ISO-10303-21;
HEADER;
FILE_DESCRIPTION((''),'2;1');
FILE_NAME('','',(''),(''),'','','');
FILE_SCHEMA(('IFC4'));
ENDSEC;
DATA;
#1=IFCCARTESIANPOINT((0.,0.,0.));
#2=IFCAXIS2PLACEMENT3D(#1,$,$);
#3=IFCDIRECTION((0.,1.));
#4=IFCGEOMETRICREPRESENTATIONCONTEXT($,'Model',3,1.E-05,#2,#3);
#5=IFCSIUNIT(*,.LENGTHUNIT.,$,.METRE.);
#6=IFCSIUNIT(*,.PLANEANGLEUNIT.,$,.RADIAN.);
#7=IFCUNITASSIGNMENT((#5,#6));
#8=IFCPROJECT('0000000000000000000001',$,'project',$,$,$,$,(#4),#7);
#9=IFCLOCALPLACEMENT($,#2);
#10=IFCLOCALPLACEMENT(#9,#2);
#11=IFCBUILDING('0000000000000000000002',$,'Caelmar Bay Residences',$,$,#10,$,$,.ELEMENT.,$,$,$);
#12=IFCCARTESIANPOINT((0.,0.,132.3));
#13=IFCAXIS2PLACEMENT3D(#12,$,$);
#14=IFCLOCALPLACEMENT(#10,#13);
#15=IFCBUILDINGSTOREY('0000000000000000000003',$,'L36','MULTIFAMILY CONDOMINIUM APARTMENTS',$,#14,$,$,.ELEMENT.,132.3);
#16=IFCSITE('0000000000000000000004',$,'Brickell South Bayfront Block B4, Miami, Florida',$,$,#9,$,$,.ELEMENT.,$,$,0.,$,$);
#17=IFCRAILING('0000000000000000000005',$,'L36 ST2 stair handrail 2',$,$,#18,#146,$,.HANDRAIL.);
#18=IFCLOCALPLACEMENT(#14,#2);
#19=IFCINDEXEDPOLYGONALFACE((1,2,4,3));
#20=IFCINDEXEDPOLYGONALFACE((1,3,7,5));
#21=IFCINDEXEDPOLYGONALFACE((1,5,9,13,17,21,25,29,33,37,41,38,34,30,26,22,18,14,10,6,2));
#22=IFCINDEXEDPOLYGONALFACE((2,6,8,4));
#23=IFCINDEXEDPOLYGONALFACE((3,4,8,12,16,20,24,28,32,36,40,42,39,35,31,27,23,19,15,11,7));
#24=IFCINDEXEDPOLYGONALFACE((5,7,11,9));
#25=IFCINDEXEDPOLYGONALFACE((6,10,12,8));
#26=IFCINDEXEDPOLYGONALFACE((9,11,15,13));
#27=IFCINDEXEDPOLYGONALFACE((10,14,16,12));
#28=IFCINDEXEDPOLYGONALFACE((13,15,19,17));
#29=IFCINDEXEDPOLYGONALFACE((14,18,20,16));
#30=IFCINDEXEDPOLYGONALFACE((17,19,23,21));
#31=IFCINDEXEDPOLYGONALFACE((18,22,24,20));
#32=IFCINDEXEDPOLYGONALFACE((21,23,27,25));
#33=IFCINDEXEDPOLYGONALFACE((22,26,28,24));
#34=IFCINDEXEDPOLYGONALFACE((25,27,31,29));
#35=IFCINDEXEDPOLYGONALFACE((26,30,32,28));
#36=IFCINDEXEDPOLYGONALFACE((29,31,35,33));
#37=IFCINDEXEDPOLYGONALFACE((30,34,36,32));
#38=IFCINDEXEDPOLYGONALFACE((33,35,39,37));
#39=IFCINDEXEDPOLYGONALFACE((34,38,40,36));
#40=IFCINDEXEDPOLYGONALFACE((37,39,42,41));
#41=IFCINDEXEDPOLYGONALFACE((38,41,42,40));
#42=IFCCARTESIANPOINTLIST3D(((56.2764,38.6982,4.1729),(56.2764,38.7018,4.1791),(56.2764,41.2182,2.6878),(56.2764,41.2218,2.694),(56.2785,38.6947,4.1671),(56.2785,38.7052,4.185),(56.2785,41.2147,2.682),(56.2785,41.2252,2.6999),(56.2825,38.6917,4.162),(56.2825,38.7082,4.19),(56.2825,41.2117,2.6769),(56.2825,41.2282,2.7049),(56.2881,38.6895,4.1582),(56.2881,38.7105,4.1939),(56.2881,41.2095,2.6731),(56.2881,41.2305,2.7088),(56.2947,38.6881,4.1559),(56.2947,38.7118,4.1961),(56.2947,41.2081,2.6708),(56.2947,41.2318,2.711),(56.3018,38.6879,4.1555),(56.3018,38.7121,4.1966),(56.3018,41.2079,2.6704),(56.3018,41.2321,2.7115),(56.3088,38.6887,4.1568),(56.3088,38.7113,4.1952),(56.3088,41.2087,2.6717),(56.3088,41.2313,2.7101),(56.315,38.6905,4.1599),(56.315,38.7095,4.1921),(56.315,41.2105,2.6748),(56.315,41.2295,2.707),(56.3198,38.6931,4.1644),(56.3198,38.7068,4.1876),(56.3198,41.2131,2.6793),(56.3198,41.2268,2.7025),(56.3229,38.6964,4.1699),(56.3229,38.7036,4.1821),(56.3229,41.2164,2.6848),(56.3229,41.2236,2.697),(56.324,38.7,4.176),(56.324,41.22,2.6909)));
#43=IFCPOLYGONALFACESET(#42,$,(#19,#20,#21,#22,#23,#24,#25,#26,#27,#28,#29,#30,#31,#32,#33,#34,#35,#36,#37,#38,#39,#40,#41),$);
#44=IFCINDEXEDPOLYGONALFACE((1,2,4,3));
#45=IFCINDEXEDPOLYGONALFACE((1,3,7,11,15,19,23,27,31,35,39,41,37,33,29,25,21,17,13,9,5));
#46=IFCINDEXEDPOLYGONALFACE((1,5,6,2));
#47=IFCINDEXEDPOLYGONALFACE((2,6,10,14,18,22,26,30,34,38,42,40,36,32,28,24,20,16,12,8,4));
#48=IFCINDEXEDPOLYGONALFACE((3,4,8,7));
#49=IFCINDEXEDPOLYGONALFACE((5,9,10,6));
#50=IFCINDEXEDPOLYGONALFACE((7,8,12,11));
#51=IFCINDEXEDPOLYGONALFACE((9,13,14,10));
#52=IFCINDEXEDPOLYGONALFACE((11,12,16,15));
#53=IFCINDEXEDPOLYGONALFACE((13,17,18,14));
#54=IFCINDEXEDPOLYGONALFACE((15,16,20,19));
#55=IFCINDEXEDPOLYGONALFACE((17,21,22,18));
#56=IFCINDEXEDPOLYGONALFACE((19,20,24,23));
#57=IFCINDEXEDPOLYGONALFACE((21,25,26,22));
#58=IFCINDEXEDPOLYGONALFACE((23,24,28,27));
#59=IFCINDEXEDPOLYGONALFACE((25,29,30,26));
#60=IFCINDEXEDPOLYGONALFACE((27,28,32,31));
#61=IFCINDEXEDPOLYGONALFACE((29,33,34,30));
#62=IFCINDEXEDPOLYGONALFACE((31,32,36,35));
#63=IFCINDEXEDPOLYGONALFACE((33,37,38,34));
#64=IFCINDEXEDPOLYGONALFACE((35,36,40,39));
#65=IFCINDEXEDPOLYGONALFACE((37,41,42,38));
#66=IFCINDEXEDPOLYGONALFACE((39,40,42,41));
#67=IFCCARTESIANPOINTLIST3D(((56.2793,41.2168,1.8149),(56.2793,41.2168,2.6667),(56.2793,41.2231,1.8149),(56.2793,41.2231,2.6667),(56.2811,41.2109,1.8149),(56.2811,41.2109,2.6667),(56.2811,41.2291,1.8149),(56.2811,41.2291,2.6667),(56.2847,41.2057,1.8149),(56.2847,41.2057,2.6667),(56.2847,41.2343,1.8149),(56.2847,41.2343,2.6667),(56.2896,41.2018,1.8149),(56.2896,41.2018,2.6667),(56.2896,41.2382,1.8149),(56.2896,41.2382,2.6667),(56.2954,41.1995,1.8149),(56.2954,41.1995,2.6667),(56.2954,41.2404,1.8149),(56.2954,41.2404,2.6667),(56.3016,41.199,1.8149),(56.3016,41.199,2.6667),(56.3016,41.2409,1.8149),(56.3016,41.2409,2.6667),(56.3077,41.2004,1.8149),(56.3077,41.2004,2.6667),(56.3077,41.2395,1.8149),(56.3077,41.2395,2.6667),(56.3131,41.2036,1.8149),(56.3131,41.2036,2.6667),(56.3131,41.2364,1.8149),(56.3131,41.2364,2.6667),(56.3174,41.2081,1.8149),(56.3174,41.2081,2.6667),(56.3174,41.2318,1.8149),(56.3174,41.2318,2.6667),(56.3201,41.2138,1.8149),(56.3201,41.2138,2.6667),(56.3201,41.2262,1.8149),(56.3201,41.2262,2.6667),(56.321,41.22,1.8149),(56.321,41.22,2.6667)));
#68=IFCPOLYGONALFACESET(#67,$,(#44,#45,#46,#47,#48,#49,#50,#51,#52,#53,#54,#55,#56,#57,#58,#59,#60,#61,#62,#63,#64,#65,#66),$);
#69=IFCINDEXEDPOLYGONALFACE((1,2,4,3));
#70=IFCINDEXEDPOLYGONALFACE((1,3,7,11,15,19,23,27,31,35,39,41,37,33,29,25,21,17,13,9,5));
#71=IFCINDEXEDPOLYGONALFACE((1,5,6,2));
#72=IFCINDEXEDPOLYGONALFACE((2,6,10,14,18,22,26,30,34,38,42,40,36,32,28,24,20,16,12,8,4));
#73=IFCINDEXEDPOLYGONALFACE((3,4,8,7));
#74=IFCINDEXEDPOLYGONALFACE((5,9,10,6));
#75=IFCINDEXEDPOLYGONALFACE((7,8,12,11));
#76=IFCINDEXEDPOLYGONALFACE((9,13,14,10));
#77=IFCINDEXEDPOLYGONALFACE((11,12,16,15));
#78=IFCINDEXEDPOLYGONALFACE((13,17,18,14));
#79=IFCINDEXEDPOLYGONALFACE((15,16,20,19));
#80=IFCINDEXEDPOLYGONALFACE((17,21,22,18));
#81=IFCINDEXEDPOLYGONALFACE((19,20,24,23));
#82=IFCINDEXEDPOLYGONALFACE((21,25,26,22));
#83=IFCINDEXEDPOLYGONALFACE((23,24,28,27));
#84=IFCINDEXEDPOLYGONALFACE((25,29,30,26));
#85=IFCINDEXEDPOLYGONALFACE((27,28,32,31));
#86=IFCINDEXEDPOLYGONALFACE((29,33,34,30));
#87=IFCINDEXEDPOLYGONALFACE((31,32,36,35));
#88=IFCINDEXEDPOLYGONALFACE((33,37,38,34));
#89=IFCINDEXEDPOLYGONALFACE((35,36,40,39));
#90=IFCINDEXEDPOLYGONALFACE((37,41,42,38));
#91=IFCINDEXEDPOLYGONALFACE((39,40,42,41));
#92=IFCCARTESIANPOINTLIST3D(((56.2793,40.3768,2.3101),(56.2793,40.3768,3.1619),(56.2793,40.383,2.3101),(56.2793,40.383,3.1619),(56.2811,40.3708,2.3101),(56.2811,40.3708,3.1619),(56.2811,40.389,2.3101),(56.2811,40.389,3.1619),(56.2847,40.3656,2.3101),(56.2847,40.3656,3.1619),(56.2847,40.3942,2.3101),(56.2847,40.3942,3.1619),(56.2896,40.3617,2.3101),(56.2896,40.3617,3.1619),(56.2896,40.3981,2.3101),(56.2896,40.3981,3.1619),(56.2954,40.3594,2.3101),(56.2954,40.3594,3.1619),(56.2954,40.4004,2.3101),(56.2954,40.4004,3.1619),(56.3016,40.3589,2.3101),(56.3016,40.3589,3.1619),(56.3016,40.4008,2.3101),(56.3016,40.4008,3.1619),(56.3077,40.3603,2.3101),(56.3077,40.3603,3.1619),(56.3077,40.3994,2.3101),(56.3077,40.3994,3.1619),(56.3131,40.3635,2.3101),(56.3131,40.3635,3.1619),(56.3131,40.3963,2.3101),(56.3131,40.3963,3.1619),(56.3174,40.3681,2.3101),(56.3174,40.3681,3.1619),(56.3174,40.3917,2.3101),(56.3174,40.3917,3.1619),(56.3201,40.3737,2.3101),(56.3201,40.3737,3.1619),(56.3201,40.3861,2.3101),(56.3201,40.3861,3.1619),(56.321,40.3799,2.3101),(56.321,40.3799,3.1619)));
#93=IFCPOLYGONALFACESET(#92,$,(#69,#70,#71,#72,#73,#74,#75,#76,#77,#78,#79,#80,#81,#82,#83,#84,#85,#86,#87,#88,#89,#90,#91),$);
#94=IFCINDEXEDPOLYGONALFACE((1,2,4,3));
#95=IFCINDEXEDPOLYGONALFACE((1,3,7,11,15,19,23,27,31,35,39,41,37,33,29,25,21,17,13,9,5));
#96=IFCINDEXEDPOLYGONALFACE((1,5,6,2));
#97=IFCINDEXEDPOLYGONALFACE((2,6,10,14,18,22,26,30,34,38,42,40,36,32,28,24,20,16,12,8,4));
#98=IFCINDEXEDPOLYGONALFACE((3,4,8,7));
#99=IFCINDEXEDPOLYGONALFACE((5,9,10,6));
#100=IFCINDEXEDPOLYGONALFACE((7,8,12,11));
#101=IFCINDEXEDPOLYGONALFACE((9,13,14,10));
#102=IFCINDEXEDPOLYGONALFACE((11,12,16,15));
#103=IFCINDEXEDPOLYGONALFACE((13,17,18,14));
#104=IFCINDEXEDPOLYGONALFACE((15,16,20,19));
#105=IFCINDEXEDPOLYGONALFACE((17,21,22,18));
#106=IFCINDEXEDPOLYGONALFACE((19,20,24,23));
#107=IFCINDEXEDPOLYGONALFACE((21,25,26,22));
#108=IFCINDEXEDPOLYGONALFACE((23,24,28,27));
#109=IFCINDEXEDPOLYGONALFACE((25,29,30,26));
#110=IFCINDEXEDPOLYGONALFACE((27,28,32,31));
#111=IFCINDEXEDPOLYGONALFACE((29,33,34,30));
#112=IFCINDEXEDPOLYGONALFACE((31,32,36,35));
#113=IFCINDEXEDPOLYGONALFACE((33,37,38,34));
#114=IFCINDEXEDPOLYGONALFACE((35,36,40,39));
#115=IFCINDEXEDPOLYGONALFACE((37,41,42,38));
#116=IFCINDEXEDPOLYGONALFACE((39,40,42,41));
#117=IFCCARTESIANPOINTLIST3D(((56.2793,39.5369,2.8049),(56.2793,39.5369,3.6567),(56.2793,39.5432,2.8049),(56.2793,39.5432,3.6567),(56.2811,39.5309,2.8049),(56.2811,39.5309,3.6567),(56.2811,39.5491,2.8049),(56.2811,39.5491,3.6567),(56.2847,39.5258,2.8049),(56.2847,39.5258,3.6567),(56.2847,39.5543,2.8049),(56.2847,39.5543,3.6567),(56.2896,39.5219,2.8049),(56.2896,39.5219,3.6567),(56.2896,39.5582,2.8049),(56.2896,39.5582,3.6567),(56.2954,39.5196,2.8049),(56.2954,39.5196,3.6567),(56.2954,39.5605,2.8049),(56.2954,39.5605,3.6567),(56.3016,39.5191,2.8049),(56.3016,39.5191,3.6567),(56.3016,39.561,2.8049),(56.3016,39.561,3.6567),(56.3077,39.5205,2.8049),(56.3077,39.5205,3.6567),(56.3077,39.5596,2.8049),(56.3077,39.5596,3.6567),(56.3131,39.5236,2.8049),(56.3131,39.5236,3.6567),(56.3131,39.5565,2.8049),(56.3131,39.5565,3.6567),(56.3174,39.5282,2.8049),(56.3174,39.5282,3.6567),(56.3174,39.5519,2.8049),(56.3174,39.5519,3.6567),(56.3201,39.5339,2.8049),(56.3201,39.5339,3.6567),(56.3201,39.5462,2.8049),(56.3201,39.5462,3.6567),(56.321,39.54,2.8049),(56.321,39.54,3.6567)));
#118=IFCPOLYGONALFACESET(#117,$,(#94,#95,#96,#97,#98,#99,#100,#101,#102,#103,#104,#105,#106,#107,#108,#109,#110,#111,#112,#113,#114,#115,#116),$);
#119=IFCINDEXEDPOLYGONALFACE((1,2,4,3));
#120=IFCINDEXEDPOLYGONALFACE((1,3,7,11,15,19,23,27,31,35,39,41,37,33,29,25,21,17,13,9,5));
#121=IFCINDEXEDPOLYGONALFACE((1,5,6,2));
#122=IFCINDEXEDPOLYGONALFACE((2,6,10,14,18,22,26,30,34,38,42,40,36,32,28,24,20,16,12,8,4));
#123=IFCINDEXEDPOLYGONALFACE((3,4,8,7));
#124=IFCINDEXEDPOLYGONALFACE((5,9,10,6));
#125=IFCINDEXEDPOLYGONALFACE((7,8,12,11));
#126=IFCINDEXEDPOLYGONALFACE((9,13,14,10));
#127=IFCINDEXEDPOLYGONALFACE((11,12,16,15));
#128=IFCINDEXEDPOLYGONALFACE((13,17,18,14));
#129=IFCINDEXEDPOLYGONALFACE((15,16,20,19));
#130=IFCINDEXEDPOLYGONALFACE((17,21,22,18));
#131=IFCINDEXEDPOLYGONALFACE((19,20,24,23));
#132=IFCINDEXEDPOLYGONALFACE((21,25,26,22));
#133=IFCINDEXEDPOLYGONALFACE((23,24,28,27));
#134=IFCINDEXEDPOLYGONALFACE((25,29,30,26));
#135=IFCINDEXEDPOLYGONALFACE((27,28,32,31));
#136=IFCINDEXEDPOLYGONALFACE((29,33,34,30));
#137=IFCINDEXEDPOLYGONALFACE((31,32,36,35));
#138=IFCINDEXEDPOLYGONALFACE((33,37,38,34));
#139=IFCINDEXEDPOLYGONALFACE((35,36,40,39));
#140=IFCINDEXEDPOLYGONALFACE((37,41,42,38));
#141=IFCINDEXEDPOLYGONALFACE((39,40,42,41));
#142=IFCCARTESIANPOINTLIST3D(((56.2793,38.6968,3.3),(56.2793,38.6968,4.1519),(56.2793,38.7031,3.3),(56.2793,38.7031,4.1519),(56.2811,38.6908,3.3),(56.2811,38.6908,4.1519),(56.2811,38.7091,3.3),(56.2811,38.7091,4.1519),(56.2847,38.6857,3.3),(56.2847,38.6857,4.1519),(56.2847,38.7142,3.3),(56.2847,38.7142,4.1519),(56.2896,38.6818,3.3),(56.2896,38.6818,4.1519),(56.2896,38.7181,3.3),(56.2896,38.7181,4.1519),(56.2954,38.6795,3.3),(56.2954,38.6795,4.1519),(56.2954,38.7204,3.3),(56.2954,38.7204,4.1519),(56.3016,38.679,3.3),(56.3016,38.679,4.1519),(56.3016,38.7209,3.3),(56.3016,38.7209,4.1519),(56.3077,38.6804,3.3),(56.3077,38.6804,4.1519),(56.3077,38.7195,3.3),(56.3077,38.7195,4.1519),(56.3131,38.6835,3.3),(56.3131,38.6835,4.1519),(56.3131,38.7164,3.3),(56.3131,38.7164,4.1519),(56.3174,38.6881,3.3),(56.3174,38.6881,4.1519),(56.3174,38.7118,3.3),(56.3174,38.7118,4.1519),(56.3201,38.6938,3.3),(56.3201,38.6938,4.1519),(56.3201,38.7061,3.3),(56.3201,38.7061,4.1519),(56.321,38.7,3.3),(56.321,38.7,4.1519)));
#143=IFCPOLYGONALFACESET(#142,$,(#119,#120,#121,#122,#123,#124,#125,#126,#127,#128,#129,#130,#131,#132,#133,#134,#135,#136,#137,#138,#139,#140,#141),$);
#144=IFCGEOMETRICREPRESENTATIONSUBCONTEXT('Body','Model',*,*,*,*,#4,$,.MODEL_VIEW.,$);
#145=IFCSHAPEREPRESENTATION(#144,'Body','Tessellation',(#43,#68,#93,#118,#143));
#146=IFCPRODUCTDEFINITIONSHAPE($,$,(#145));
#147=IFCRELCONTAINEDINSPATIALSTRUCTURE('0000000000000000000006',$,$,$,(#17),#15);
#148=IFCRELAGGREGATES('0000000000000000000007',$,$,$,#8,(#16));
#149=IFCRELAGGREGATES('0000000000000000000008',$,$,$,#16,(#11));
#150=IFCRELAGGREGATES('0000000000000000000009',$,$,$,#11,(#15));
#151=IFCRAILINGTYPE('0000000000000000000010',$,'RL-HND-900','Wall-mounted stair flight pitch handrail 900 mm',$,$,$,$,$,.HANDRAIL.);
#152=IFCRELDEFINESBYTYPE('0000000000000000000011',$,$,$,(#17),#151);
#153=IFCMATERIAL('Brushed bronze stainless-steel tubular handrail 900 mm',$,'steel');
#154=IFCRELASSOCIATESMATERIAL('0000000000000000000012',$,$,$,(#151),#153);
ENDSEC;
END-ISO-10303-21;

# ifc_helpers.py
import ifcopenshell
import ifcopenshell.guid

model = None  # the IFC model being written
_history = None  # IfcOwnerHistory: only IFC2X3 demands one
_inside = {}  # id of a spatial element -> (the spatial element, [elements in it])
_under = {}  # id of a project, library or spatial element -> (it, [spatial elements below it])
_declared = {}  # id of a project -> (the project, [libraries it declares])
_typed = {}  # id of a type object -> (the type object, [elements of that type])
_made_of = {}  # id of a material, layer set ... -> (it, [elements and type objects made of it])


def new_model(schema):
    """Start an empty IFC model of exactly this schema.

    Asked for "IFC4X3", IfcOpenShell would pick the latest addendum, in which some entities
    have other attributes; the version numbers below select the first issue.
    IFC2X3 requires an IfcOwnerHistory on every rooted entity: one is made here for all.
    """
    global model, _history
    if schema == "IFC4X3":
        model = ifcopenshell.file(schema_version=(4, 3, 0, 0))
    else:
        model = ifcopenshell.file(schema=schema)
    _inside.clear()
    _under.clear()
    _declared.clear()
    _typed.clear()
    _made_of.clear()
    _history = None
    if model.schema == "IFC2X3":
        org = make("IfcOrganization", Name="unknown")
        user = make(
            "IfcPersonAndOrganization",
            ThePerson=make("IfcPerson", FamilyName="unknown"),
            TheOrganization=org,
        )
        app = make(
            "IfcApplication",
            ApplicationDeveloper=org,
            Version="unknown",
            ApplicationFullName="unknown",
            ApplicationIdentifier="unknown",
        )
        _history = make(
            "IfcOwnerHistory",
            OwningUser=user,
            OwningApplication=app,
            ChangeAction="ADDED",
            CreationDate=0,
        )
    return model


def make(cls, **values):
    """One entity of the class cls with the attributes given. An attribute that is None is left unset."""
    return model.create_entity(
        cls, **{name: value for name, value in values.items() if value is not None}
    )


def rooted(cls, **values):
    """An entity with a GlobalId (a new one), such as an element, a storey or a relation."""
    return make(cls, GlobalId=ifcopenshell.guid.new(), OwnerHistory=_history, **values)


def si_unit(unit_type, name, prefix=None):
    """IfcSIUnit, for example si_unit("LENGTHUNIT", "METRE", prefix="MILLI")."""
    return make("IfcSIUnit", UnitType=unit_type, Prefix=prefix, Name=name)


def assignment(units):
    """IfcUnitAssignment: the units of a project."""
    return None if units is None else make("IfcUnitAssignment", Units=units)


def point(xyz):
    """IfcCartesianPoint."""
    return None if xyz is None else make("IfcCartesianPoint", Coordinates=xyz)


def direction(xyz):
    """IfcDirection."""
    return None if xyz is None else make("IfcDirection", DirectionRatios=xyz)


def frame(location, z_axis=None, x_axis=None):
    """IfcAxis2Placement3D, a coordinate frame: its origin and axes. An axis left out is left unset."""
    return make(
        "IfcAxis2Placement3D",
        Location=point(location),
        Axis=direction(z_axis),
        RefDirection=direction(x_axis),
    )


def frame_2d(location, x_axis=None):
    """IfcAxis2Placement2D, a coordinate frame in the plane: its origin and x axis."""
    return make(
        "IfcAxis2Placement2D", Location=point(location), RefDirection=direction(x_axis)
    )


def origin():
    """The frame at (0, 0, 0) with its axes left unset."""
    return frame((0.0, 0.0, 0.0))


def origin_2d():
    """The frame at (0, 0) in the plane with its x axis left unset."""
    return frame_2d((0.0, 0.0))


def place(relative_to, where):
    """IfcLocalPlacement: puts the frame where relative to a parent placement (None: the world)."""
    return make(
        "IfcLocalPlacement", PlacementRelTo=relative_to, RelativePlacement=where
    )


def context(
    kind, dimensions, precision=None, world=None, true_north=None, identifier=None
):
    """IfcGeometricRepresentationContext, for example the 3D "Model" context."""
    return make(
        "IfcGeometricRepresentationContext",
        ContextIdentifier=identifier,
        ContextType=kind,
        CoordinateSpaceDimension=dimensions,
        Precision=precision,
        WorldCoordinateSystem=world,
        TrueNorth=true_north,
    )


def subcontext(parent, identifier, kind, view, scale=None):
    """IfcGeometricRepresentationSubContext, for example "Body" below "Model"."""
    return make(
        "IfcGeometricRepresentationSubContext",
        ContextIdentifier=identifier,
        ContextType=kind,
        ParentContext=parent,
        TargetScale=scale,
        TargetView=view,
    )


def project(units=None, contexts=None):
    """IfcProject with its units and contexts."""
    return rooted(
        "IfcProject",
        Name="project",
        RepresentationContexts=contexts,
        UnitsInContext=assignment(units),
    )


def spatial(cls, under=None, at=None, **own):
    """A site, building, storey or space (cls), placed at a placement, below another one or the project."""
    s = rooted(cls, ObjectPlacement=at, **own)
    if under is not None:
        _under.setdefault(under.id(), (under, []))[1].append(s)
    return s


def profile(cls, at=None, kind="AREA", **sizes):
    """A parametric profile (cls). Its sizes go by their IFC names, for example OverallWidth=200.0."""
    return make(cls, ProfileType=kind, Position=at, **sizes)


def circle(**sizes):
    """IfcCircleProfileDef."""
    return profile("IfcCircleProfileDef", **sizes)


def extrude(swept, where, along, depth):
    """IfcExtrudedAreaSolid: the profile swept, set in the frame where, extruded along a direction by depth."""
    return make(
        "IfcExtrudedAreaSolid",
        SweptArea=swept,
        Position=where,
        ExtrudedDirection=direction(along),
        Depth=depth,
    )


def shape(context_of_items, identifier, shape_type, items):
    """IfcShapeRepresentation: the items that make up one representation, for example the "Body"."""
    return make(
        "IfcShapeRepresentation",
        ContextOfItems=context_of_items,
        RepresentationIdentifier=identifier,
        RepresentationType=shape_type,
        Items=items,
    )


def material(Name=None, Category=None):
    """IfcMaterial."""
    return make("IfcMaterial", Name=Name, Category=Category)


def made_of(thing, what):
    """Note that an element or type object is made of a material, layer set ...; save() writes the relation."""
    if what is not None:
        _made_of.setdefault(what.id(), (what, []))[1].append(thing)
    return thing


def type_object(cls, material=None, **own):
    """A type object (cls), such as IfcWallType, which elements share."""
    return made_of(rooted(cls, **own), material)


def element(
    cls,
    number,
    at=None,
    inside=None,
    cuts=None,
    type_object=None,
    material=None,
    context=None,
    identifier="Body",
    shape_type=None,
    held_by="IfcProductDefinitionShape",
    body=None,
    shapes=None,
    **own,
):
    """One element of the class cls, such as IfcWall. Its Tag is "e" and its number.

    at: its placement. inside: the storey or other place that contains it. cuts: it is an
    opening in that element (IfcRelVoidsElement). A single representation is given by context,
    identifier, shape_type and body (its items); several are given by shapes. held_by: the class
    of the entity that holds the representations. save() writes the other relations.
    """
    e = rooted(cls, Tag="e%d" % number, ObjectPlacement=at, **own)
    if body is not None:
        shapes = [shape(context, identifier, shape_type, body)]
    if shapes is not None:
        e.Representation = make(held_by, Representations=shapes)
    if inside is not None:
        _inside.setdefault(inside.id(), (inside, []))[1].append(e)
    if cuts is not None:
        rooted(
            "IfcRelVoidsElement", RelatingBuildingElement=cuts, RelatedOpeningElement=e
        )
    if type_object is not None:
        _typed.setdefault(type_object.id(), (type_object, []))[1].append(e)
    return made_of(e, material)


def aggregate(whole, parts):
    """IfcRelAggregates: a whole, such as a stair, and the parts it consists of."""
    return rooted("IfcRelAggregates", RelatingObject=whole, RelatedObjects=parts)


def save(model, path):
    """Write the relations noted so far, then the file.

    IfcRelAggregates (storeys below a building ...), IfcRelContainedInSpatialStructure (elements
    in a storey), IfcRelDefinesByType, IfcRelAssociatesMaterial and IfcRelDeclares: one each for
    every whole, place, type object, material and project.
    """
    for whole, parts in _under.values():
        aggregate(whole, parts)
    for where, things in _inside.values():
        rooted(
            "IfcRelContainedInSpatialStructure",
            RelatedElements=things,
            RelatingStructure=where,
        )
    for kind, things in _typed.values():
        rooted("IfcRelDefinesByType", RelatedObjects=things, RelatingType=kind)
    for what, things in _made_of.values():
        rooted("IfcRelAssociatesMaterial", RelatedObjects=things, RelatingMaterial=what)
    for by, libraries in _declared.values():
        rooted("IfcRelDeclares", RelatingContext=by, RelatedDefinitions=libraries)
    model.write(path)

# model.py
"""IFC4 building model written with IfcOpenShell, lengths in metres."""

from ifc_helpers import new_model, si_unit, direction, frame, origin, origin_2d, place, context, subcontext, project, spatial, circle, extrude, material, type_object, element, save


model = new_model("IFC4")

# Units and contexts
model_context = context("Model", 3, precision=1e-05, world=origin(), true_north=direction((0.0, 1.0)))
body_context = subcontext(model_context, "Body", "Model", "MODEL_VIEW")
ifc_project = project(units=[si_unit("LENGTHUNIT", "METRE"), si_unit("PLANEANGLEUNIT", "RADIAN")], contexts=[model_context])

# Site, building, storey
site_placement = place(None, origin())
site = spatial("IfcSite", under=ifc_project, at=site_placement, Name="Brickell South Bayfront Block B4, Miami, Florida", CompositionType="ELEMENT", RefElevation=0.0)
building_placement = place(site_placement, origin())
building = spatial("IfcBuilding", under=site, at=building_placement, Name="Caelmar Bay Residences", CompositionType="ELEMENT")
storey_placement = place(building_placement, frame((0.0, 0.0, 132.3)))
storey = spatial("IfcBuildingStorey", under=building, at=storey_placement, Name="L36", Description="MULTIFAMILY CONDOMINIUM APARTMENTS", CompositionType="ELEMENT", Elevation=132.3)

# Railing
ifc_material_1 = material(Name="Brushed bronze stainless-steel tubular handrail 900 mm", Category="steel")
railing_type_1 = type_object("IfcRailingType", Name="RL-HND-900", Description="Wall-mounted stair flight pitch handrail 900 mm", PredefinedType="HANDRAIL", material=ifc_material_1)
railing_1_placement = place(storey_placement, frame((56.3, 41.22, 1.8149)))
element("IfcRailing", 1, at=railing_1_placement, inside=storey, type_object=railing_type_1, Name="L36 ST2 stair handrail 2", PredefinedType="HANDRAIL", context=body_context, shape_type="SweptSolid", body=[
    extrude(circle(Radius=0.0239, at=origin_2d()), frame((0.0, 0.0, 0.876), z_axis=(0.0, -0.861524, 0.507717), x_axis=(1.0, 0.0, 0.0)), (0.0, 0.0, 1.0), 2.925),
    extrude(circle(Radius=0.021, at=origin_2d()), origin(), (0.0, 0.0, 1.0), 0.8518),
    extrude(circle(Radius=0.021, at=origin_2d()), frame((0.0, -0.8401, 0.4951)), (0.0, 0.0, 1.0), 0.8518),
    extrude(circle(Radius=0.021, at=origin_2d()), frame((0.0, -1.6799, 0.99)), (0.0, 0.0, 1.0), 0.8518),
    extrude(circle(Radius=0.021, at=origin_2d()), frame((0.0, -2.52, 1.4851)), (0.0, 0.0, 1.0), 0.8518),
])

save(model, "model.ifc")
